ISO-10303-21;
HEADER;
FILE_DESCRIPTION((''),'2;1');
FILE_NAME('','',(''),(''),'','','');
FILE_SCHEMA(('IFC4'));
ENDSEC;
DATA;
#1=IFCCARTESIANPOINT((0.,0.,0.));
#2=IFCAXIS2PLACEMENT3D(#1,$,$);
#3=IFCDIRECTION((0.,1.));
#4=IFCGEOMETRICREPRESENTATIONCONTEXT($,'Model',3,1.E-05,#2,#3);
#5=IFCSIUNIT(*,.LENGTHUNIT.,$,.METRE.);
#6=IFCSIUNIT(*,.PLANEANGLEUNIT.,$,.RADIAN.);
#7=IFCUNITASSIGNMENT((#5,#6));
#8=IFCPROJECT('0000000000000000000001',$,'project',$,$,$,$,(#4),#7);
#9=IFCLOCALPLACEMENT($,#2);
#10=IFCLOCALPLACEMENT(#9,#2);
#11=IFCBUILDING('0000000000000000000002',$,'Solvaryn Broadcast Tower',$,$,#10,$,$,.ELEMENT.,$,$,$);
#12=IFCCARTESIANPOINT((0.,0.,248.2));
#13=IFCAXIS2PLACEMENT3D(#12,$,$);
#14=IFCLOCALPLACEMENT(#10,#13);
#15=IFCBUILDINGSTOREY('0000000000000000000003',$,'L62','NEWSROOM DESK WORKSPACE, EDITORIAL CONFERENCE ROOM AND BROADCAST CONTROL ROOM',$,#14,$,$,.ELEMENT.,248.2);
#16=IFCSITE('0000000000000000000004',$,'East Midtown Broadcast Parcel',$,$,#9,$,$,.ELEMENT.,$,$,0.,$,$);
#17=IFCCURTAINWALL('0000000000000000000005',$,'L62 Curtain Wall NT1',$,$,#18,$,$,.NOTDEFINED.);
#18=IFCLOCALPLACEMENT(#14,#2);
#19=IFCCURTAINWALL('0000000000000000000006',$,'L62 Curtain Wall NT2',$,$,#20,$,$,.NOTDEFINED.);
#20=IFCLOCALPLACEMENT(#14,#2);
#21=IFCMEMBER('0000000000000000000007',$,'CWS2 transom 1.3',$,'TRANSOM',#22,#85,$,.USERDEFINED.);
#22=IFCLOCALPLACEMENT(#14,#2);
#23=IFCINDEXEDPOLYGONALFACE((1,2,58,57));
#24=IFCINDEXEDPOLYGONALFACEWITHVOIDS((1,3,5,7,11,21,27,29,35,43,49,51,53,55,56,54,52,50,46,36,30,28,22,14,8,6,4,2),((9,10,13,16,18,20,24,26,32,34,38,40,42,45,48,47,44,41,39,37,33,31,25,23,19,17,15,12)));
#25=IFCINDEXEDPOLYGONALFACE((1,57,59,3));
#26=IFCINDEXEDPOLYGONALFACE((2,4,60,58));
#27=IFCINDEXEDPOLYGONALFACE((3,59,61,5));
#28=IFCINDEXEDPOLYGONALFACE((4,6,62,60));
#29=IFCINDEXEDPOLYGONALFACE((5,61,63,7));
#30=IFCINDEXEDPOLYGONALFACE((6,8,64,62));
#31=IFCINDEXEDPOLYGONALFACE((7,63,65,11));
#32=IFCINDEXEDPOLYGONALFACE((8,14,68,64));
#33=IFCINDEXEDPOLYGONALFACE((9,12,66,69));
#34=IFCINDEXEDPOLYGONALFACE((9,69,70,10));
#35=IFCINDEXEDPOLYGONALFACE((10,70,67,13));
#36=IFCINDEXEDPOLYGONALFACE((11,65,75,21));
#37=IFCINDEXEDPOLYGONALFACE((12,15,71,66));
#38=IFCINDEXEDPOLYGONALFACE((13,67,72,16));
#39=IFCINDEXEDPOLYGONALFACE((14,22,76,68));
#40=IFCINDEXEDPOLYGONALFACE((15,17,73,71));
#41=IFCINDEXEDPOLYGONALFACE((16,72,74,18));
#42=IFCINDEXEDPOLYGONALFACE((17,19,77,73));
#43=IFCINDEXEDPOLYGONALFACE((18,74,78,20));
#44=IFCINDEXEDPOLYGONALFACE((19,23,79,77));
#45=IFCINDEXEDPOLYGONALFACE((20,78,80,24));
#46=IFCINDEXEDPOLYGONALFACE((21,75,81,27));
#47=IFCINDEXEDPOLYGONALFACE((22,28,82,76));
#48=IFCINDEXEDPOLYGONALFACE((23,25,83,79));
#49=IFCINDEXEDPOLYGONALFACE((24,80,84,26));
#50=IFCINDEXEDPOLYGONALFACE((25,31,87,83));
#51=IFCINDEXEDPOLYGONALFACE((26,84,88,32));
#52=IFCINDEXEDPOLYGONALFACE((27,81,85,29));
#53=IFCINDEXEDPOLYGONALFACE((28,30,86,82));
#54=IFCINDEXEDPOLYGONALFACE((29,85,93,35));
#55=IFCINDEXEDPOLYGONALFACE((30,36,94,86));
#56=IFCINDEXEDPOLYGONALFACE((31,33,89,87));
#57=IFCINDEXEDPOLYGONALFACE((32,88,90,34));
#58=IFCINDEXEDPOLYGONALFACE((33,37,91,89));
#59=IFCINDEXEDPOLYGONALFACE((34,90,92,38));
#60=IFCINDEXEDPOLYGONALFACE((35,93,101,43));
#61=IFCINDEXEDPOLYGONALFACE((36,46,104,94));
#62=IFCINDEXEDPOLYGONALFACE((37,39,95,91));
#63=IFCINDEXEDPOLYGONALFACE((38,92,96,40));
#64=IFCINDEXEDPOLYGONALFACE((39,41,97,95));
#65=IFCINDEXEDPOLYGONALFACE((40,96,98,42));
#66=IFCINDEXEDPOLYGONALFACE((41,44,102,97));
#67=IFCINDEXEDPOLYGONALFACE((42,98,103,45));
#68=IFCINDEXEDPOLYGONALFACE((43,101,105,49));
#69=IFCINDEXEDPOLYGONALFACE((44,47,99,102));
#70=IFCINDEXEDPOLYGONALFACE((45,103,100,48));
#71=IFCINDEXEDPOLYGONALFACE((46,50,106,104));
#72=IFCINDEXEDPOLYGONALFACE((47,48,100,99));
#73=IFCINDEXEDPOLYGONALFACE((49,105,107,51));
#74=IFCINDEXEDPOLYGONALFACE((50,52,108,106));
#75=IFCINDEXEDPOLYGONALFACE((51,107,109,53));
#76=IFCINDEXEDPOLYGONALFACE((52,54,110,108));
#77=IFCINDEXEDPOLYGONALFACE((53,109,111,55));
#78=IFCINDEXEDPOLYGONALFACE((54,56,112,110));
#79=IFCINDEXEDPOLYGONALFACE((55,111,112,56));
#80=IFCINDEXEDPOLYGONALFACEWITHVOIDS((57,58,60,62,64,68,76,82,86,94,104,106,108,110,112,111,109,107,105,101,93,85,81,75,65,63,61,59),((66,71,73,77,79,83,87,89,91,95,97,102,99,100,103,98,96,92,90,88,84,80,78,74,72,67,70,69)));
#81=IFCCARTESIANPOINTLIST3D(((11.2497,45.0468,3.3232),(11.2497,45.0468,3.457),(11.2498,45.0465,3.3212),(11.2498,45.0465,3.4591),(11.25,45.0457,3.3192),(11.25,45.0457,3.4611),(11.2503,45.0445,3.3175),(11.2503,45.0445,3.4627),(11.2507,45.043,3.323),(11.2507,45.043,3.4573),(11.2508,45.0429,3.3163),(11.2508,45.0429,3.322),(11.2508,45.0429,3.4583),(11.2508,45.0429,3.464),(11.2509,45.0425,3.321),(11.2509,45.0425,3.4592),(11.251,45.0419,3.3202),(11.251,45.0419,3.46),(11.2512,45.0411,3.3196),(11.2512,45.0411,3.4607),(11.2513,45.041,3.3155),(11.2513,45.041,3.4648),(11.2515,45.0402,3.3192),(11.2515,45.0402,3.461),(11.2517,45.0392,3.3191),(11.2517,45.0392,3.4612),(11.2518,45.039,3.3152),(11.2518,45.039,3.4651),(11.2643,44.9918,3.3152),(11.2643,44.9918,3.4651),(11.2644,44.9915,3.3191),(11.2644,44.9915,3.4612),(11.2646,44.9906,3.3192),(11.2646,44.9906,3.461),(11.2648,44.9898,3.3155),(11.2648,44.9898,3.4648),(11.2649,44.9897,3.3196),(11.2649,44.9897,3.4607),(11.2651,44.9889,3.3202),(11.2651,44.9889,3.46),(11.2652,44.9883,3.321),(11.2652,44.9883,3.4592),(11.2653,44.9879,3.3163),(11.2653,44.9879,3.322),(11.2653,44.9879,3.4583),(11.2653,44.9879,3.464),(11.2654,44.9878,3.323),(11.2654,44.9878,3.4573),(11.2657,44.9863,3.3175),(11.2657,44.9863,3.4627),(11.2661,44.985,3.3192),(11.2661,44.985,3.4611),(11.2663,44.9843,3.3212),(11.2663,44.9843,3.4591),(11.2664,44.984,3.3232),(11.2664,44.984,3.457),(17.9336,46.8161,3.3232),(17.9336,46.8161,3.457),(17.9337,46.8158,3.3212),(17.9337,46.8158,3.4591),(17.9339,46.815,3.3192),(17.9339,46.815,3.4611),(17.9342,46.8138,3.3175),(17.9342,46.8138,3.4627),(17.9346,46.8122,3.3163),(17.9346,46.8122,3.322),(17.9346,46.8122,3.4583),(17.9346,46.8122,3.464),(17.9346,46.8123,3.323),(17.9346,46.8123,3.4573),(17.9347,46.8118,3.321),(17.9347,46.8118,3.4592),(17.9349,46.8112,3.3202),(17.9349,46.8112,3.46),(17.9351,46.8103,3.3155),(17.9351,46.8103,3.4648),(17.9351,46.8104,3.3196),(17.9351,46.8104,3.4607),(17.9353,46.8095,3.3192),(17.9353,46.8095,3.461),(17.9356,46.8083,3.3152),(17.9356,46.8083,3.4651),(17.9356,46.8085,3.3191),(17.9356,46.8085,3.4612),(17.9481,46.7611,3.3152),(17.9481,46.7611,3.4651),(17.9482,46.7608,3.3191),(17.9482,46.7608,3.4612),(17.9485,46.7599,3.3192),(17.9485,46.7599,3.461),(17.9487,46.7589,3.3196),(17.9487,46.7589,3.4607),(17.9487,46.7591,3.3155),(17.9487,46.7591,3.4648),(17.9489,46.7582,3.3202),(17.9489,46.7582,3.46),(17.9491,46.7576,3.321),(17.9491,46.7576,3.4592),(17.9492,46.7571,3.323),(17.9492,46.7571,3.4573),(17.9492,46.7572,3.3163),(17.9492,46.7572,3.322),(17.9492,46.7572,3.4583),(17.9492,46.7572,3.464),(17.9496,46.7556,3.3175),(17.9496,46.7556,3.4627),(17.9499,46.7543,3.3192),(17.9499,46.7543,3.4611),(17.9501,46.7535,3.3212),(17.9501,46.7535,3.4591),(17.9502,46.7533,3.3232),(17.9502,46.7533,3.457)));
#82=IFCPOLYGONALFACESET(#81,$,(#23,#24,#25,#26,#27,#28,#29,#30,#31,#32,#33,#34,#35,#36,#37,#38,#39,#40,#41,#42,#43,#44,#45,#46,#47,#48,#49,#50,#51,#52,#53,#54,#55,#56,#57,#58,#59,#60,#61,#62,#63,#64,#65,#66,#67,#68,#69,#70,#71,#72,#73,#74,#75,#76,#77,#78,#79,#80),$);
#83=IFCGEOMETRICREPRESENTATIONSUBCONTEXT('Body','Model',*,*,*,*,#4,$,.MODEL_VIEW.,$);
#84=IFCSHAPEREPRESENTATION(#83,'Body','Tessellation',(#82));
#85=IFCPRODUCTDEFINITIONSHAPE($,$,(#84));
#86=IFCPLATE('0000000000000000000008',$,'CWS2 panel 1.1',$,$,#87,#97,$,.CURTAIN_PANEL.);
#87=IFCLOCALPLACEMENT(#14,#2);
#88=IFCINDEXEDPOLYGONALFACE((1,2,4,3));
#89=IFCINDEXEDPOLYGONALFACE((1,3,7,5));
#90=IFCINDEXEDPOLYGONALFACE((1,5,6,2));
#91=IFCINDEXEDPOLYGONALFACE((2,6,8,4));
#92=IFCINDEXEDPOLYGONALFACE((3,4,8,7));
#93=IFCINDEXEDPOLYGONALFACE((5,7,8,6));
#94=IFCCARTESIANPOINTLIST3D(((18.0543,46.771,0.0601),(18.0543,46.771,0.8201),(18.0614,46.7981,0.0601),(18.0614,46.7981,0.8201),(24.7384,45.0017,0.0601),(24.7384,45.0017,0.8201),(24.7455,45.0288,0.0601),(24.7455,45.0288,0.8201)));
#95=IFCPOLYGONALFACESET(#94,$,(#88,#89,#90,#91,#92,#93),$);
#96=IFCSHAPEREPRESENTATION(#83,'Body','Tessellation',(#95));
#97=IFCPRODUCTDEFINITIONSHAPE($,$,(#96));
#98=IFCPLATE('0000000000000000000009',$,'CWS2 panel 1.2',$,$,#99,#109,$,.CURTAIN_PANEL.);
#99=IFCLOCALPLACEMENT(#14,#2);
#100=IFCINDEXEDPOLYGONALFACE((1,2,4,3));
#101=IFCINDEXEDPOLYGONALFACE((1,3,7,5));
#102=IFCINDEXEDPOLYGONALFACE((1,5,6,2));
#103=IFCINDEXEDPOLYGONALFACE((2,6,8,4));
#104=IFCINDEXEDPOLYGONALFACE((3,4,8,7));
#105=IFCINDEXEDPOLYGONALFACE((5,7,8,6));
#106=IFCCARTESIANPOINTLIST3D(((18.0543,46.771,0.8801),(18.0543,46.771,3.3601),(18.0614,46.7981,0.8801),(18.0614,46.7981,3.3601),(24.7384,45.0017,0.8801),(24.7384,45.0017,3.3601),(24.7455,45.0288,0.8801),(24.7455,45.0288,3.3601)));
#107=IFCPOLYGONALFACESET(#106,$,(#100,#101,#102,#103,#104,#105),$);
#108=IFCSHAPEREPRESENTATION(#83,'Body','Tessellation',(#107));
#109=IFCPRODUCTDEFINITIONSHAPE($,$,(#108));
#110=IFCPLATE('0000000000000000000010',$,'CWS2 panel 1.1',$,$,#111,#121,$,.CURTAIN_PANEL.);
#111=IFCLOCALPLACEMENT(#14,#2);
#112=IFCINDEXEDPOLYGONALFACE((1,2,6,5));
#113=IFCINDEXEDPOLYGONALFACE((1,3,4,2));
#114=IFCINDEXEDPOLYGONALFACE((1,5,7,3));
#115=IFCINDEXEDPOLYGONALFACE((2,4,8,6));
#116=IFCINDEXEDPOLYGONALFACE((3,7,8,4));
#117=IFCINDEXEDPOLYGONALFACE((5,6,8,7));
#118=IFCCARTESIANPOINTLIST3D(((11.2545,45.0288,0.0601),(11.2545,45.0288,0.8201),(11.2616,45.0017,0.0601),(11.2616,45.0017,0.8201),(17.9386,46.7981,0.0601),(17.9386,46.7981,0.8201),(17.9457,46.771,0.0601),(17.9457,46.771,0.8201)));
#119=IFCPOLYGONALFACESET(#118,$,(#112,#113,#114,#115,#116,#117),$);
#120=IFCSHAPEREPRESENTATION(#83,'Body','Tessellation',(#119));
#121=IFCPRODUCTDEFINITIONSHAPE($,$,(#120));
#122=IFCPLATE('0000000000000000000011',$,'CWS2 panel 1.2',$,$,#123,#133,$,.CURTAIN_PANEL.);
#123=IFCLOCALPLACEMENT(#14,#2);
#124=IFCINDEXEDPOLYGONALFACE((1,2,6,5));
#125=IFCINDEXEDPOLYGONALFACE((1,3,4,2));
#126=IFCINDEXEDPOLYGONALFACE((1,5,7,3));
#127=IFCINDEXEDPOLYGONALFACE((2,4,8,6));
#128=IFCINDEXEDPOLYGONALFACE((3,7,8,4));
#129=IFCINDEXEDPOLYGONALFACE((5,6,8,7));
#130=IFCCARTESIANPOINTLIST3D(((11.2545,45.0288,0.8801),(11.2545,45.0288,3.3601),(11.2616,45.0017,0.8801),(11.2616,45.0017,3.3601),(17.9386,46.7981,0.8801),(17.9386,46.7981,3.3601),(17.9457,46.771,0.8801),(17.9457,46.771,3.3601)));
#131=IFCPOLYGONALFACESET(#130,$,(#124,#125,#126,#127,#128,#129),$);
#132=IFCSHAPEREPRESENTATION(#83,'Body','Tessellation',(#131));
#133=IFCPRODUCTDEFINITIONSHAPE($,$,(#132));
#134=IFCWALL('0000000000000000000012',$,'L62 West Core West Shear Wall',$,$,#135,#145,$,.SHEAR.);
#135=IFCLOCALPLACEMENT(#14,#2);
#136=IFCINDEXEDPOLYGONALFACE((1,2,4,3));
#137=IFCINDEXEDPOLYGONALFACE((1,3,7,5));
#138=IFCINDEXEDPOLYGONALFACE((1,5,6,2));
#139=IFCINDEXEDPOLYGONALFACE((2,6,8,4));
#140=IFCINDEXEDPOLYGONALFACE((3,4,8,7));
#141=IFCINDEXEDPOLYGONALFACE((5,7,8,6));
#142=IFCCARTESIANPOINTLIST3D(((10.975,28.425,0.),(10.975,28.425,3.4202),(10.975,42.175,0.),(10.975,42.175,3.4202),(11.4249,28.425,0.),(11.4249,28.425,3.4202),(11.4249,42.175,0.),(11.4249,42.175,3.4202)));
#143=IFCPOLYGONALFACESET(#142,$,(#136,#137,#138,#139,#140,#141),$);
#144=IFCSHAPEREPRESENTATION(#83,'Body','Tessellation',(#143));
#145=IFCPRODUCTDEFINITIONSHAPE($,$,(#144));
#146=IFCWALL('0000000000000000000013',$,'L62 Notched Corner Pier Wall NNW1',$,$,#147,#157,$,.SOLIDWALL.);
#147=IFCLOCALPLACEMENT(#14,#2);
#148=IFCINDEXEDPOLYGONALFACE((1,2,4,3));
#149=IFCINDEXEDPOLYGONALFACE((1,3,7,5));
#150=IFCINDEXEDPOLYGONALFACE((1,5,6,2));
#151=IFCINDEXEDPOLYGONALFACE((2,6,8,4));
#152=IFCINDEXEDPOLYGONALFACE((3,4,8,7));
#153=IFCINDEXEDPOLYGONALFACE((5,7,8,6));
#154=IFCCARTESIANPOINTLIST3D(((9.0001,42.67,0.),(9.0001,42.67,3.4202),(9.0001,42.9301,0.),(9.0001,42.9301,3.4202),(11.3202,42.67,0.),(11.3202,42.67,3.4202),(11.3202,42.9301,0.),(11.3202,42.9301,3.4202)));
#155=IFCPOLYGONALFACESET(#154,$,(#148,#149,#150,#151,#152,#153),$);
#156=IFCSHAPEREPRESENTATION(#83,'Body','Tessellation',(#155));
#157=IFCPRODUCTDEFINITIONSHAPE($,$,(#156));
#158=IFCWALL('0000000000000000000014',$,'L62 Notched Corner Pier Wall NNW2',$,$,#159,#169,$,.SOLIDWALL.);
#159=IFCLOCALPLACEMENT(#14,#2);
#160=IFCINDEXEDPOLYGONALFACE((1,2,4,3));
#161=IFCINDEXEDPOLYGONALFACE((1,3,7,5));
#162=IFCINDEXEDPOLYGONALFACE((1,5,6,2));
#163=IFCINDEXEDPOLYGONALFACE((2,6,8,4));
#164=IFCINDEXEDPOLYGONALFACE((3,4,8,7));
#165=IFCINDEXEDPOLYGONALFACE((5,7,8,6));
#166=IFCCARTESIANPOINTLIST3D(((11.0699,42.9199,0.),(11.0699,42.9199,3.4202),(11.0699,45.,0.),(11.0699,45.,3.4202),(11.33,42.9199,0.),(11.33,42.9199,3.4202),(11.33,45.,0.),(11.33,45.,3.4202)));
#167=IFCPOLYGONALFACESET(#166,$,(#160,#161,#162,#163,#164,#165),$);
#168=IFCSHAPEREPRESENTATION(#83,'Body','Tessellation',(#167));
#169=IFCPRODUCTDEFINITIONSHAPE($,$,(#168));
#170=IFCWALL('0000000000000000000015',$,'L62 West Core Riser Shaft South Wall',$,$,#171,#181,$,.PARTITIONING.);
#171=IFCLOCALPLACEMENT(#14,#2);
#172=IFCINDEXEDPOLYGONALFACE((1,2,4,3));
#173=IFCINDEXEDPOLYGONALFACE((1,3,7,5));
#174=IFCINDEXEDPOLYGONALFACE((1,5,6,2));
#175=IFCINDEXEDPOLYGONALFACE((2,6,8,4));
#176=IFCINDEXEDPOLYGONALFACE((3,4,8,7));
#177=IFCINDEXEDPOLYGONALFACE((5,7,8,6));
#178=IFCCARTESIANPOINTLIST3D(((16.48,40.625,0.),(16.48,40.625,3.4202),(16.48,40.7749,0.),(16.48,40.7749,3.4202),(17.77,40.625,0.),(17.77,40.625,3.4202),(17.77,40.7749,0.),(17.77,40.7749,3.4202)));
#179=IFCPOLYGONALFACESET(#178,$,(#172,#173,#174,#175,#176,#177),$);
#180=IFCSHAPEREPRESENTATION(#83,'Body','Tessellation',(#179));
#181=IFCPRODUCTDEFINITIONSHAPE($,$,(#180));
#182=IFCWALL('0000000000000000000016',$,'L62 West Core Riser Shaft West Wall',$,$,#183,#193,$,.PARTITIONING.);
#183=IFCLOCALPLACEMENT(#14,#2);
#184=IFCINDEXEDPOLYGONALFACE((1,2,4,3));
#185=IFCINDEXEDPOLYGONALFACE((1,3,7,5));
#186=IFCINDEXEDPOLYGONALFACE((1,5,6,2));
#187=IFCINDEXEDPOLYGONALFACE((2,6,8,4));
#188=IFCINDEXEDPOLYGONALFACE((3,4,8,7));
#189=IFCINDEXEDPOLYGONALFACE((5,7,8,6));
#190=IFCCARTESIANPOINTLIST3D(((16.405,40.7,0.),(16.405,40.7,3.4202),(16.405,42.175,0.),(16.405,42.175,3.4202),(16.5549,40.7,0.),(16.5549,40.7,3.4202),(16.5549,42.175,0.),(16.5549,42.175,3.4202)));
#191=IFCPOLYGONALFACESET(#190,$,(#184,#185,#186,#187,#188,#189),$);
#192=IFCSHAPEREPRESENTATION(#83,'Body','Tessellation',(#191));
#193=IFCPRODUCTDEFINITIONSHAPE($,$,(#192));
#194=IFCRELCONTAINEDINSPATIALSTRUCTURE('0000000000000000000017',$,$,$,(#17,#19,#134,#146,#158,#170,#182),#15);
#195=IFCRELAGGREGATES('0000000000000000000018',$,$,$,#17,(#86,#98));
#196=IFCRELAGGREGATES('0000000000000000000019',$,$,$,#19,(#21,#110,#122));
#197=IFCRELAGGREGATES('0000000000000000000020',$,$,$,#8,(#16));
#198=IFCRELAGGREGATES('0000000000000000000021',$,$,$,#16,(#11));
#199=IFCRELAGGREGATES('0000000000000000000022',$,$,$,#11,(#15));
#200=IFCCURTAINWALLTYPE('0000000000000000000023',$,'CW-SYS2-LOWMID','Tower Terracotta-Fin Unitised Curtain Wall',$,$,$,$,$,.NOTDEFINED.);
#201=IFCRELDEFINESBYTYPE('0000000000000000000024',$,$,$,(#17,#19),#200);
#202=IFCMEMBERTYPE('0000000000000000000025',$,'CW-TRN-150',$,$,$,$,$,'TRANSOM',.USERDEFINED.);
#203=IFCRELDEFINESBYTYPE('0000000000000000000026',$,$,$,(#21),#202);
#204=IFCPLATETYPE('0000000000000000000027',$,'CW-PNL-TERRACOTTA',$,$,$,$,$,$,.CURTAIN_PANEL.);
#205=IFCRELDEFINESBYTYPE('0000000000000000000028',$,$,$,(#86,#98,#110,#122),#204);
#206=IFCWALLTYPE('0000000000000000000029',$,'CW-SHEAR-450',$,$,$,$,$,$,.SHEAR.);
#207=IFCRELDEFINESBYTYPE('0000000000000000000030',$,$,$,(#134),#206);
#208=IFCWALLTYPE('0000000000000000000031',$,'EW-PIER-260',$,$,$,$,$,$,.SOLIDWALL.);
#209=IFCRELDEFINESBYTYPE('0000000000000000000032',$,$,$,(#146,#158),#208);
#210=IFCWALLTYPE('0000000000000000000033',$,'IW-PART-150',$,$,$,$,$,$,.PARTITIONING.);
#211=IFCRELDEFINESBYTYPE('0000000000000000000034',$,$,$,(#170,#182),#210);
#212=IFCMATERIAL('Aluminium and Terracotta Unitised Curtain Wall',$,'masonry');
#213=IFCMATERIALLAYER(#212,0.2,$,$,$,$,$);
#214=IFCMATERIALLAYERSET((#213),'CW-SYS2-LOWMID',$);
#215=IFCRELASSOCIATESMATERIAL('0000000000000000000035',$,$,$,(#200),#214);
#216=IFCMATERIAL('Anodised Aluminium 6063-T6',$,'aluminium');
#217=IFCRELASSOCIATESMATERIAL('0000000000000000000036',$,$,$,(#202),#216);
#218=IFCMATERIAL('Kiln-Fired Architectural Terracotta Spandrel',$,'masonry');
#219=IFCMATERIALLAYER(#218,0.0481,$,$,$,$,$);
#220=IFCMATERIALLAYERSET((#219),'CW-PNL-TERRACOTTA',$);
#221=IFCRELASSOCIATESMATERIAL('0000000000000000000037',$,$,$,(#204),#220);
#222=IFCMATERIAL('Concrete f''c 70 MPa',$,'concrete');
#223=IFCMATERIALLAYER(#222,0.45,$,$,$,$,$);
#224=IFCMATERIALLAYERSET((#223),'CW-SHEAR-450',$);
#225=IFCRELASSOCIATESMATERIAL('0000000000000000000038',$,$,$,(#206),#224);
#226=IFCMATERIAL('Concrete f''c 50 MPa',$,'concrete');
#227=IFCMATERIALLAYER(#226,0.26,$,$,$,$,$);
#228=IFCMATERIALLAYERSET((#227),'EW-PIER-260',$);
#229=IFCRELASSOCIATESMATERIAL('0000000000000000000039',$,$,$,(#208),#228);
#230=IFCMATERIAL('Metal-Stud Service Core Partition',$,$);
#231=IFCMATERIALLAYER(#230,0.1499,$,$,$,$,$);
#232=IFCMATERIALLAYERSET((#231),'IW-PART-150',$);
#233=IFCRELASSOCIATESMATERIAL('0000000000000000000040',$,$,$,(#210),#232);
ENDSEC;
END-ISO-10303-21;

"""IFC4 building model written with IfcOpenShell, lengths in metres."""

from ifc_helpers import new_model, si_unit, direction, frame, frame_2d, origin, origin_2d, place, context, subcontext, project, spatial, rectangle, hollow_rectangle, extrude, material, layer, layer_set, material_profile, profile_set, type_object, element, aggregate, save


model = new_model("IFC4")

# Units and contexts
model_context = context("Model", 3, precision=1e-05, world=origin(), true_north=direction((0.0, 1.0)))
body_context = subcontext(model_context, "Body", "Model", "MODEL_VIEW")
ifc_project = project(units=[si_unit("LENGTHUNIT", "METRE"), si_unit("PLANEANGLEUNIT", "RADIAN")], contexts=[model_context])

# Site, building, storey
site_placement = place(None, origin())
site = spatial("IfcSite", under=ifc_project, at=site_placement, Name="East Midtown Broadcast Parcel", CompositionType="ELEMENT", RefElevation=0.0)
building_placement = place(site_placement, origin())
building = spatial("IfcBuilding", under=site, at=building_placement, Name="Solvaryn Broadcast Tower", CompositionType="ELEMENT")
storey_placement = place(building_placement, frame((0.0, 0.0, 248.2)))
storey = spatial("IfcBuildingStorey", under=building, at=storey_placement, Name="L62", Description="NEWSROOM DESK WORKSPACE, EDITORIAL CONFERENCE ROOM AND BROADCAST CONTROL ROOM", CompositionType="ELEMENT", Elevation=248.2)

# Curtain wall
ifc_material_1 = material(Name="Aluminium and Terracotta Unitised Curtain Wall", Category="masonry")
ifc_layer_1 = layer(ifc_material_1, 0.2)
ifc_layer_set_1 = layer_set([ifc_layer_1], Name="CW-SYS2-LOWMID")
curtain_wall_type = type_object("IfcCurtainWallType", Name="CW-SYS2-LOWMID", Description="Tower Terracotta-Fin Unitised Curtain Wall", PredefinedType="NOTDEFINED", material=ifc_layer_set_1)
curtain_wall_1_placement = place(storey_placement, origin())
curtain_wall_1 = element("IfcCurtainWall", 1, at=curtain_wall_1_placement, inside=storey, type_object=curtain_wall_type, Name="L62 Curtain Wall NT1", PredefinedType="NOTDEFINED")

# Curtain wall
curtain_wall_2_placement = place(storey_placement, origin())
curtain_wall_2 = element("IfcCurtainWall", 2, at=curtain_wall_2_placement, inside=storey, type_object=curtain_wall_type, Name="L62 Curtain Wall NT2", PredefinedType="NOTDEFINED")

# Member
ifc_material_2 = material(Name="Anodised Aluminium 6063-T6", Category="aluminium")
ifc_material_profile_1 = material_profile(ifc_material_2, hollow_rectangle(XDim=0.0649, YDim=0.1499, WallThickness=0.0039, InnerFilletRadius=0.0039, OuterFilletRadius=0.0081, at=origin_2d()))
ifc_profile_set_1 = profile_set([ifc_material_profile_1], Name="Anodised Aluminium 6063-T6")
member_type_1 = type_object("IfcMemberType", Name="CW-TRN-150", ElementType="TRANSOM", PredefinedType="USERDEFINED", material=ifc_profile_set_1)
member_1_placement = place(storey_placement, frame((17.9419, 46.7847, 3.3901), z_axis=(-0.966704, -0.255897, 0.0), x_axis=(0.255897, -0.966704, 0.0)))
member_1 = element("IfcMember", 3, at=member_1_placement, type_object=member_type_1, Name="CWS2 transom 1.3", ObjectType="TRANSOM", PredefinedType="USERDEFINED", context=body_context, shape_type="SweptSolid", body=[
    extrude(hollow_rectangle(XDim=0.0649, YDim=0.1499, WallThickness=0.0039, InnerFilletRadius=0.0039, OuterFilletRadius=0.0081, at=origin_2d()), origin(), (0.0, 0.0, 1.0), 6.9141),
])

# Plates
ifc_material_3 = material(Name="Kiln-Fired Architectural Terracotta Spandrel", Category="masonry")
ifc_layer_2 = layer(ifc_material_3, 0.0481)
ifc_layer_set_2 = layer_set([ifc_layer_2], Name="CW-PNL-TERRACOTTA")
plate_type = type_object("IfcPlateType", Name="CW-PNL-TERRACOTTA", PredefinedType="CURTAIN_PANEL", material=ifc_layer_set_2)
plate_1_placement = place(storey_placement, frame((21.3999, 45.8999, 0.0601), z_axis=(0.0, 0.0, 1.0), x_axis=(-0.966705, 0.255893, 0.0)))
plate_1 = element("IfcPlate", 4, at=plate_1_placement, type_object=plate_type, Name="CWS2 panel 1.1", PredefinedType="CURTAIN_PANEL", context=body_context, shape_type="SweptSolid", body=[
    extrude(rectangle(XDim=6.9143, YDim=0.0281, at=origin_2d()), origin(), (0.0, 0.0, 1.0), 0.76),
])
plate_2_placement = place(storey_placement, frame((21.3999, 45.8999, 0.8801), z_axis=(0.0, 0.0, 1.0), x_axis=(-0.966705, 0.255893, 0.0)))
plate_2 = element("IfcPlate", 5, at=plate_2_placement, type_object=plate_type, Name="CWS2 panel 1.2", PredefinedType="CURTAIN_PANEL", context=body_context, shape_type="SweptSolid", body=[
    extrude(rectangle(XDim=6.9143, YDim=0.0281, at=origin_2d()), origin(), (0.0, 0.0, 1.0), 2.48),
])
aggregate(curtain_wall_1, [plate_1, plate_2])
plate_3_placement = place(storey_placement, frame((14.6001, 45.8999, 0.0601), z_axis=(0.0, 0.0, 1.0), x_axis=(-0.966705, -0.255893, 0.0)))
plate_3 = element("IfcPlate", 6, at=plate_3_placement, type_object=plate_type, Name="CWS2 panel 1.1", PredefinedType="CURTAIN_PANEL", context=body_context, shape_type="SweptSolid", body=[
    extrude(rectangle(XDim=6.9143, YDim=0.0281, at=origin_2d()), origin(), (0.0, 0.0, 1.0), 0.76),
])
plate_4_placement = place(storey_placement, frame((14.6001, 45.8999, 0.8801), z_axis=(0.0, 0.0, 1.0), x_axis=(-0.966705, -0.255893, 0.0)))
plate_4 = element("IfcPlate", 7, at=plate_4_placement, type_object=plate_type, Name="CWS2 panel 1.2", PredefinedType="CURTAIN_PANEL", context=body_context, shape_type="SweptSolid", body=[
    extrude(rectangle(XDim=6.9143, YDim=0.0281, at=origin_2d()), origin(), (0.0, 0.0, 1.0), 2.48),
])
aggregate(curtain_wall_2, [member_1, plate_3, plate_4])

# Walls
ifc_material_4 = material(Name="Concrete f'c 70 MPa", Category="concrete")
ifc_layer_3 = layer(ifc_material_4, 0.45)
ifc_layer_set_3 = layer_set([ifc_layer_3], Name="CW-SHEAR-450")
wall_type_1 = type_object("IfcWallType", Name="CW-SHEAR-450", PredefinedType="SHEAR", material=ifc_layer_set_3)
wall_1_placement = place(storey_placement, frame((11.2, 42.175, 0.0), z_axis=(0.0, 0.0, 1.0), x_axis=(0.0, -1.0, 0.0)))
element("IfcWall", 8, at=wall_1_placement, inside=storey, type_object=wall_type_1, Name="L62 West Core West Shear Wall", PredefinedType="SHEAR", context=body_context, shape_type="SweptSolid", body=[
    extrude(rectangle(XDim=13.75, YDim=0.45, at=frame_2d((6.875, 0.0))), origin(), (0.0, 0.0, 1.0), 3.4202),
])
ifc_material_5 = material(Name="Concrete f'c 50 MPa", Category="concrete")
ifc_layer_4 = layer(ifc_material_5, 0.26)
ifc_layer_set_4 = layer_set([ifc_layer_4], Name="EW-PIER-260")
wall_type_2 = type_object("IfcWallType", Name="EW-PIER-260", PredefinedType="SOLIDWALL", material=ifc_layer_set_4)
wall_2_placement = place(storey_placement, frame((9.0, 42.8, 0.0), z_axis=(0.0, 0.0, 1.0), x_axis=(1.0, 0.0, 0.0)))
element("IfcWall", 9, at=wall_2_placement, inside=storey, type_object=wall_type_2, Name="L62 Notched Corner Pier Wall NNW1", PredefinedType="SOLIDWALL", context=body_context, shape_type="SweptSolid", body=[
    extrude(rectangle(XDim=2.3201, YDim=0.26, at=frame_2d((1.1602, 0.0))), origin(), (0.0, 0.0, 1.0), 3.4202),
])
wall_3_placement = place(storey_placement, frame((11.2, 42.9199, 0.0), z_axis=(0.0, 0.0, 1.0), x_axis=(0.0, 1.0, 0.0)))
element("IfcWall", 10, at=wall_3_placement, inside=storey, type_object=wall_type_2, Name="L62 Notched Corner Pier Wall NNW2", PredefinedType="SOLIDWALL", context=body_context, shape_type="SweptSolid", body=[
    extrude(rectangle(XDim=2.0801, YDim=0.26, at=frame_2d((1.04, 0.0))), origin(), (0.0, 0.0, 1.0), 3.4202),
])
ifc_material_6 = material(Name="Metal-Stud Service Core Partition")
ifc_layer_5 = layer(ifc_material_6, 0.1499)
ifc_layer_set_5 = layer_set([ifc_layer_5], Name="IW-PART-150")
wall_type_3 = type_object("IfcWallType", Name="IW-PART-150", PredefinedType="PARTITIONING", material=ifc_layer_set_5)
wall_4_placement = place(storey_placement, frame((16.48, 40.7, 0.0), z_axis=(0.0, 0.0, 1.0), x_axis=(1.0, 0.0, 0.0)))
element("IfcWall", 11, at=wall_4_placement, inside=storey, type_object=wall_type_3, Name="L62 West Core Riser Shaft South Wall", PredefinedType="PARTITIONING", context=body_context, shape_type="SweptSolid", body=[
    extrude(rectangle(XDim=1.29, YDim=0.1499, at=frame_2d((0.645, 0.0))), origin(), (0.0, 0.0, 1.0), 3.4202),
])
wall_5_placement = place(storey_placement, frame((16.48, 40.7, 0.0), z_axis=(0.0, 0.0, 1.0), x_axis=(0.0, 1.0, 0.0)))
element("IfcWall", 12, at=wall_5_placement, inside=storey, type_object=wall_type_3, Name="L62 West Core Riser Shaft West Wall", PredefinedType="PARTITIONING", context=body_context, shape_type="SweptSolid", body=[
    extrude(rectangle(XDim=1.4751, YDim=0.1499, at=frame_2d((0.7375, 0.0))), origin(), (0.0, 0.0, 1.0), 3.4202),
])

save(model, "model.ifc")
